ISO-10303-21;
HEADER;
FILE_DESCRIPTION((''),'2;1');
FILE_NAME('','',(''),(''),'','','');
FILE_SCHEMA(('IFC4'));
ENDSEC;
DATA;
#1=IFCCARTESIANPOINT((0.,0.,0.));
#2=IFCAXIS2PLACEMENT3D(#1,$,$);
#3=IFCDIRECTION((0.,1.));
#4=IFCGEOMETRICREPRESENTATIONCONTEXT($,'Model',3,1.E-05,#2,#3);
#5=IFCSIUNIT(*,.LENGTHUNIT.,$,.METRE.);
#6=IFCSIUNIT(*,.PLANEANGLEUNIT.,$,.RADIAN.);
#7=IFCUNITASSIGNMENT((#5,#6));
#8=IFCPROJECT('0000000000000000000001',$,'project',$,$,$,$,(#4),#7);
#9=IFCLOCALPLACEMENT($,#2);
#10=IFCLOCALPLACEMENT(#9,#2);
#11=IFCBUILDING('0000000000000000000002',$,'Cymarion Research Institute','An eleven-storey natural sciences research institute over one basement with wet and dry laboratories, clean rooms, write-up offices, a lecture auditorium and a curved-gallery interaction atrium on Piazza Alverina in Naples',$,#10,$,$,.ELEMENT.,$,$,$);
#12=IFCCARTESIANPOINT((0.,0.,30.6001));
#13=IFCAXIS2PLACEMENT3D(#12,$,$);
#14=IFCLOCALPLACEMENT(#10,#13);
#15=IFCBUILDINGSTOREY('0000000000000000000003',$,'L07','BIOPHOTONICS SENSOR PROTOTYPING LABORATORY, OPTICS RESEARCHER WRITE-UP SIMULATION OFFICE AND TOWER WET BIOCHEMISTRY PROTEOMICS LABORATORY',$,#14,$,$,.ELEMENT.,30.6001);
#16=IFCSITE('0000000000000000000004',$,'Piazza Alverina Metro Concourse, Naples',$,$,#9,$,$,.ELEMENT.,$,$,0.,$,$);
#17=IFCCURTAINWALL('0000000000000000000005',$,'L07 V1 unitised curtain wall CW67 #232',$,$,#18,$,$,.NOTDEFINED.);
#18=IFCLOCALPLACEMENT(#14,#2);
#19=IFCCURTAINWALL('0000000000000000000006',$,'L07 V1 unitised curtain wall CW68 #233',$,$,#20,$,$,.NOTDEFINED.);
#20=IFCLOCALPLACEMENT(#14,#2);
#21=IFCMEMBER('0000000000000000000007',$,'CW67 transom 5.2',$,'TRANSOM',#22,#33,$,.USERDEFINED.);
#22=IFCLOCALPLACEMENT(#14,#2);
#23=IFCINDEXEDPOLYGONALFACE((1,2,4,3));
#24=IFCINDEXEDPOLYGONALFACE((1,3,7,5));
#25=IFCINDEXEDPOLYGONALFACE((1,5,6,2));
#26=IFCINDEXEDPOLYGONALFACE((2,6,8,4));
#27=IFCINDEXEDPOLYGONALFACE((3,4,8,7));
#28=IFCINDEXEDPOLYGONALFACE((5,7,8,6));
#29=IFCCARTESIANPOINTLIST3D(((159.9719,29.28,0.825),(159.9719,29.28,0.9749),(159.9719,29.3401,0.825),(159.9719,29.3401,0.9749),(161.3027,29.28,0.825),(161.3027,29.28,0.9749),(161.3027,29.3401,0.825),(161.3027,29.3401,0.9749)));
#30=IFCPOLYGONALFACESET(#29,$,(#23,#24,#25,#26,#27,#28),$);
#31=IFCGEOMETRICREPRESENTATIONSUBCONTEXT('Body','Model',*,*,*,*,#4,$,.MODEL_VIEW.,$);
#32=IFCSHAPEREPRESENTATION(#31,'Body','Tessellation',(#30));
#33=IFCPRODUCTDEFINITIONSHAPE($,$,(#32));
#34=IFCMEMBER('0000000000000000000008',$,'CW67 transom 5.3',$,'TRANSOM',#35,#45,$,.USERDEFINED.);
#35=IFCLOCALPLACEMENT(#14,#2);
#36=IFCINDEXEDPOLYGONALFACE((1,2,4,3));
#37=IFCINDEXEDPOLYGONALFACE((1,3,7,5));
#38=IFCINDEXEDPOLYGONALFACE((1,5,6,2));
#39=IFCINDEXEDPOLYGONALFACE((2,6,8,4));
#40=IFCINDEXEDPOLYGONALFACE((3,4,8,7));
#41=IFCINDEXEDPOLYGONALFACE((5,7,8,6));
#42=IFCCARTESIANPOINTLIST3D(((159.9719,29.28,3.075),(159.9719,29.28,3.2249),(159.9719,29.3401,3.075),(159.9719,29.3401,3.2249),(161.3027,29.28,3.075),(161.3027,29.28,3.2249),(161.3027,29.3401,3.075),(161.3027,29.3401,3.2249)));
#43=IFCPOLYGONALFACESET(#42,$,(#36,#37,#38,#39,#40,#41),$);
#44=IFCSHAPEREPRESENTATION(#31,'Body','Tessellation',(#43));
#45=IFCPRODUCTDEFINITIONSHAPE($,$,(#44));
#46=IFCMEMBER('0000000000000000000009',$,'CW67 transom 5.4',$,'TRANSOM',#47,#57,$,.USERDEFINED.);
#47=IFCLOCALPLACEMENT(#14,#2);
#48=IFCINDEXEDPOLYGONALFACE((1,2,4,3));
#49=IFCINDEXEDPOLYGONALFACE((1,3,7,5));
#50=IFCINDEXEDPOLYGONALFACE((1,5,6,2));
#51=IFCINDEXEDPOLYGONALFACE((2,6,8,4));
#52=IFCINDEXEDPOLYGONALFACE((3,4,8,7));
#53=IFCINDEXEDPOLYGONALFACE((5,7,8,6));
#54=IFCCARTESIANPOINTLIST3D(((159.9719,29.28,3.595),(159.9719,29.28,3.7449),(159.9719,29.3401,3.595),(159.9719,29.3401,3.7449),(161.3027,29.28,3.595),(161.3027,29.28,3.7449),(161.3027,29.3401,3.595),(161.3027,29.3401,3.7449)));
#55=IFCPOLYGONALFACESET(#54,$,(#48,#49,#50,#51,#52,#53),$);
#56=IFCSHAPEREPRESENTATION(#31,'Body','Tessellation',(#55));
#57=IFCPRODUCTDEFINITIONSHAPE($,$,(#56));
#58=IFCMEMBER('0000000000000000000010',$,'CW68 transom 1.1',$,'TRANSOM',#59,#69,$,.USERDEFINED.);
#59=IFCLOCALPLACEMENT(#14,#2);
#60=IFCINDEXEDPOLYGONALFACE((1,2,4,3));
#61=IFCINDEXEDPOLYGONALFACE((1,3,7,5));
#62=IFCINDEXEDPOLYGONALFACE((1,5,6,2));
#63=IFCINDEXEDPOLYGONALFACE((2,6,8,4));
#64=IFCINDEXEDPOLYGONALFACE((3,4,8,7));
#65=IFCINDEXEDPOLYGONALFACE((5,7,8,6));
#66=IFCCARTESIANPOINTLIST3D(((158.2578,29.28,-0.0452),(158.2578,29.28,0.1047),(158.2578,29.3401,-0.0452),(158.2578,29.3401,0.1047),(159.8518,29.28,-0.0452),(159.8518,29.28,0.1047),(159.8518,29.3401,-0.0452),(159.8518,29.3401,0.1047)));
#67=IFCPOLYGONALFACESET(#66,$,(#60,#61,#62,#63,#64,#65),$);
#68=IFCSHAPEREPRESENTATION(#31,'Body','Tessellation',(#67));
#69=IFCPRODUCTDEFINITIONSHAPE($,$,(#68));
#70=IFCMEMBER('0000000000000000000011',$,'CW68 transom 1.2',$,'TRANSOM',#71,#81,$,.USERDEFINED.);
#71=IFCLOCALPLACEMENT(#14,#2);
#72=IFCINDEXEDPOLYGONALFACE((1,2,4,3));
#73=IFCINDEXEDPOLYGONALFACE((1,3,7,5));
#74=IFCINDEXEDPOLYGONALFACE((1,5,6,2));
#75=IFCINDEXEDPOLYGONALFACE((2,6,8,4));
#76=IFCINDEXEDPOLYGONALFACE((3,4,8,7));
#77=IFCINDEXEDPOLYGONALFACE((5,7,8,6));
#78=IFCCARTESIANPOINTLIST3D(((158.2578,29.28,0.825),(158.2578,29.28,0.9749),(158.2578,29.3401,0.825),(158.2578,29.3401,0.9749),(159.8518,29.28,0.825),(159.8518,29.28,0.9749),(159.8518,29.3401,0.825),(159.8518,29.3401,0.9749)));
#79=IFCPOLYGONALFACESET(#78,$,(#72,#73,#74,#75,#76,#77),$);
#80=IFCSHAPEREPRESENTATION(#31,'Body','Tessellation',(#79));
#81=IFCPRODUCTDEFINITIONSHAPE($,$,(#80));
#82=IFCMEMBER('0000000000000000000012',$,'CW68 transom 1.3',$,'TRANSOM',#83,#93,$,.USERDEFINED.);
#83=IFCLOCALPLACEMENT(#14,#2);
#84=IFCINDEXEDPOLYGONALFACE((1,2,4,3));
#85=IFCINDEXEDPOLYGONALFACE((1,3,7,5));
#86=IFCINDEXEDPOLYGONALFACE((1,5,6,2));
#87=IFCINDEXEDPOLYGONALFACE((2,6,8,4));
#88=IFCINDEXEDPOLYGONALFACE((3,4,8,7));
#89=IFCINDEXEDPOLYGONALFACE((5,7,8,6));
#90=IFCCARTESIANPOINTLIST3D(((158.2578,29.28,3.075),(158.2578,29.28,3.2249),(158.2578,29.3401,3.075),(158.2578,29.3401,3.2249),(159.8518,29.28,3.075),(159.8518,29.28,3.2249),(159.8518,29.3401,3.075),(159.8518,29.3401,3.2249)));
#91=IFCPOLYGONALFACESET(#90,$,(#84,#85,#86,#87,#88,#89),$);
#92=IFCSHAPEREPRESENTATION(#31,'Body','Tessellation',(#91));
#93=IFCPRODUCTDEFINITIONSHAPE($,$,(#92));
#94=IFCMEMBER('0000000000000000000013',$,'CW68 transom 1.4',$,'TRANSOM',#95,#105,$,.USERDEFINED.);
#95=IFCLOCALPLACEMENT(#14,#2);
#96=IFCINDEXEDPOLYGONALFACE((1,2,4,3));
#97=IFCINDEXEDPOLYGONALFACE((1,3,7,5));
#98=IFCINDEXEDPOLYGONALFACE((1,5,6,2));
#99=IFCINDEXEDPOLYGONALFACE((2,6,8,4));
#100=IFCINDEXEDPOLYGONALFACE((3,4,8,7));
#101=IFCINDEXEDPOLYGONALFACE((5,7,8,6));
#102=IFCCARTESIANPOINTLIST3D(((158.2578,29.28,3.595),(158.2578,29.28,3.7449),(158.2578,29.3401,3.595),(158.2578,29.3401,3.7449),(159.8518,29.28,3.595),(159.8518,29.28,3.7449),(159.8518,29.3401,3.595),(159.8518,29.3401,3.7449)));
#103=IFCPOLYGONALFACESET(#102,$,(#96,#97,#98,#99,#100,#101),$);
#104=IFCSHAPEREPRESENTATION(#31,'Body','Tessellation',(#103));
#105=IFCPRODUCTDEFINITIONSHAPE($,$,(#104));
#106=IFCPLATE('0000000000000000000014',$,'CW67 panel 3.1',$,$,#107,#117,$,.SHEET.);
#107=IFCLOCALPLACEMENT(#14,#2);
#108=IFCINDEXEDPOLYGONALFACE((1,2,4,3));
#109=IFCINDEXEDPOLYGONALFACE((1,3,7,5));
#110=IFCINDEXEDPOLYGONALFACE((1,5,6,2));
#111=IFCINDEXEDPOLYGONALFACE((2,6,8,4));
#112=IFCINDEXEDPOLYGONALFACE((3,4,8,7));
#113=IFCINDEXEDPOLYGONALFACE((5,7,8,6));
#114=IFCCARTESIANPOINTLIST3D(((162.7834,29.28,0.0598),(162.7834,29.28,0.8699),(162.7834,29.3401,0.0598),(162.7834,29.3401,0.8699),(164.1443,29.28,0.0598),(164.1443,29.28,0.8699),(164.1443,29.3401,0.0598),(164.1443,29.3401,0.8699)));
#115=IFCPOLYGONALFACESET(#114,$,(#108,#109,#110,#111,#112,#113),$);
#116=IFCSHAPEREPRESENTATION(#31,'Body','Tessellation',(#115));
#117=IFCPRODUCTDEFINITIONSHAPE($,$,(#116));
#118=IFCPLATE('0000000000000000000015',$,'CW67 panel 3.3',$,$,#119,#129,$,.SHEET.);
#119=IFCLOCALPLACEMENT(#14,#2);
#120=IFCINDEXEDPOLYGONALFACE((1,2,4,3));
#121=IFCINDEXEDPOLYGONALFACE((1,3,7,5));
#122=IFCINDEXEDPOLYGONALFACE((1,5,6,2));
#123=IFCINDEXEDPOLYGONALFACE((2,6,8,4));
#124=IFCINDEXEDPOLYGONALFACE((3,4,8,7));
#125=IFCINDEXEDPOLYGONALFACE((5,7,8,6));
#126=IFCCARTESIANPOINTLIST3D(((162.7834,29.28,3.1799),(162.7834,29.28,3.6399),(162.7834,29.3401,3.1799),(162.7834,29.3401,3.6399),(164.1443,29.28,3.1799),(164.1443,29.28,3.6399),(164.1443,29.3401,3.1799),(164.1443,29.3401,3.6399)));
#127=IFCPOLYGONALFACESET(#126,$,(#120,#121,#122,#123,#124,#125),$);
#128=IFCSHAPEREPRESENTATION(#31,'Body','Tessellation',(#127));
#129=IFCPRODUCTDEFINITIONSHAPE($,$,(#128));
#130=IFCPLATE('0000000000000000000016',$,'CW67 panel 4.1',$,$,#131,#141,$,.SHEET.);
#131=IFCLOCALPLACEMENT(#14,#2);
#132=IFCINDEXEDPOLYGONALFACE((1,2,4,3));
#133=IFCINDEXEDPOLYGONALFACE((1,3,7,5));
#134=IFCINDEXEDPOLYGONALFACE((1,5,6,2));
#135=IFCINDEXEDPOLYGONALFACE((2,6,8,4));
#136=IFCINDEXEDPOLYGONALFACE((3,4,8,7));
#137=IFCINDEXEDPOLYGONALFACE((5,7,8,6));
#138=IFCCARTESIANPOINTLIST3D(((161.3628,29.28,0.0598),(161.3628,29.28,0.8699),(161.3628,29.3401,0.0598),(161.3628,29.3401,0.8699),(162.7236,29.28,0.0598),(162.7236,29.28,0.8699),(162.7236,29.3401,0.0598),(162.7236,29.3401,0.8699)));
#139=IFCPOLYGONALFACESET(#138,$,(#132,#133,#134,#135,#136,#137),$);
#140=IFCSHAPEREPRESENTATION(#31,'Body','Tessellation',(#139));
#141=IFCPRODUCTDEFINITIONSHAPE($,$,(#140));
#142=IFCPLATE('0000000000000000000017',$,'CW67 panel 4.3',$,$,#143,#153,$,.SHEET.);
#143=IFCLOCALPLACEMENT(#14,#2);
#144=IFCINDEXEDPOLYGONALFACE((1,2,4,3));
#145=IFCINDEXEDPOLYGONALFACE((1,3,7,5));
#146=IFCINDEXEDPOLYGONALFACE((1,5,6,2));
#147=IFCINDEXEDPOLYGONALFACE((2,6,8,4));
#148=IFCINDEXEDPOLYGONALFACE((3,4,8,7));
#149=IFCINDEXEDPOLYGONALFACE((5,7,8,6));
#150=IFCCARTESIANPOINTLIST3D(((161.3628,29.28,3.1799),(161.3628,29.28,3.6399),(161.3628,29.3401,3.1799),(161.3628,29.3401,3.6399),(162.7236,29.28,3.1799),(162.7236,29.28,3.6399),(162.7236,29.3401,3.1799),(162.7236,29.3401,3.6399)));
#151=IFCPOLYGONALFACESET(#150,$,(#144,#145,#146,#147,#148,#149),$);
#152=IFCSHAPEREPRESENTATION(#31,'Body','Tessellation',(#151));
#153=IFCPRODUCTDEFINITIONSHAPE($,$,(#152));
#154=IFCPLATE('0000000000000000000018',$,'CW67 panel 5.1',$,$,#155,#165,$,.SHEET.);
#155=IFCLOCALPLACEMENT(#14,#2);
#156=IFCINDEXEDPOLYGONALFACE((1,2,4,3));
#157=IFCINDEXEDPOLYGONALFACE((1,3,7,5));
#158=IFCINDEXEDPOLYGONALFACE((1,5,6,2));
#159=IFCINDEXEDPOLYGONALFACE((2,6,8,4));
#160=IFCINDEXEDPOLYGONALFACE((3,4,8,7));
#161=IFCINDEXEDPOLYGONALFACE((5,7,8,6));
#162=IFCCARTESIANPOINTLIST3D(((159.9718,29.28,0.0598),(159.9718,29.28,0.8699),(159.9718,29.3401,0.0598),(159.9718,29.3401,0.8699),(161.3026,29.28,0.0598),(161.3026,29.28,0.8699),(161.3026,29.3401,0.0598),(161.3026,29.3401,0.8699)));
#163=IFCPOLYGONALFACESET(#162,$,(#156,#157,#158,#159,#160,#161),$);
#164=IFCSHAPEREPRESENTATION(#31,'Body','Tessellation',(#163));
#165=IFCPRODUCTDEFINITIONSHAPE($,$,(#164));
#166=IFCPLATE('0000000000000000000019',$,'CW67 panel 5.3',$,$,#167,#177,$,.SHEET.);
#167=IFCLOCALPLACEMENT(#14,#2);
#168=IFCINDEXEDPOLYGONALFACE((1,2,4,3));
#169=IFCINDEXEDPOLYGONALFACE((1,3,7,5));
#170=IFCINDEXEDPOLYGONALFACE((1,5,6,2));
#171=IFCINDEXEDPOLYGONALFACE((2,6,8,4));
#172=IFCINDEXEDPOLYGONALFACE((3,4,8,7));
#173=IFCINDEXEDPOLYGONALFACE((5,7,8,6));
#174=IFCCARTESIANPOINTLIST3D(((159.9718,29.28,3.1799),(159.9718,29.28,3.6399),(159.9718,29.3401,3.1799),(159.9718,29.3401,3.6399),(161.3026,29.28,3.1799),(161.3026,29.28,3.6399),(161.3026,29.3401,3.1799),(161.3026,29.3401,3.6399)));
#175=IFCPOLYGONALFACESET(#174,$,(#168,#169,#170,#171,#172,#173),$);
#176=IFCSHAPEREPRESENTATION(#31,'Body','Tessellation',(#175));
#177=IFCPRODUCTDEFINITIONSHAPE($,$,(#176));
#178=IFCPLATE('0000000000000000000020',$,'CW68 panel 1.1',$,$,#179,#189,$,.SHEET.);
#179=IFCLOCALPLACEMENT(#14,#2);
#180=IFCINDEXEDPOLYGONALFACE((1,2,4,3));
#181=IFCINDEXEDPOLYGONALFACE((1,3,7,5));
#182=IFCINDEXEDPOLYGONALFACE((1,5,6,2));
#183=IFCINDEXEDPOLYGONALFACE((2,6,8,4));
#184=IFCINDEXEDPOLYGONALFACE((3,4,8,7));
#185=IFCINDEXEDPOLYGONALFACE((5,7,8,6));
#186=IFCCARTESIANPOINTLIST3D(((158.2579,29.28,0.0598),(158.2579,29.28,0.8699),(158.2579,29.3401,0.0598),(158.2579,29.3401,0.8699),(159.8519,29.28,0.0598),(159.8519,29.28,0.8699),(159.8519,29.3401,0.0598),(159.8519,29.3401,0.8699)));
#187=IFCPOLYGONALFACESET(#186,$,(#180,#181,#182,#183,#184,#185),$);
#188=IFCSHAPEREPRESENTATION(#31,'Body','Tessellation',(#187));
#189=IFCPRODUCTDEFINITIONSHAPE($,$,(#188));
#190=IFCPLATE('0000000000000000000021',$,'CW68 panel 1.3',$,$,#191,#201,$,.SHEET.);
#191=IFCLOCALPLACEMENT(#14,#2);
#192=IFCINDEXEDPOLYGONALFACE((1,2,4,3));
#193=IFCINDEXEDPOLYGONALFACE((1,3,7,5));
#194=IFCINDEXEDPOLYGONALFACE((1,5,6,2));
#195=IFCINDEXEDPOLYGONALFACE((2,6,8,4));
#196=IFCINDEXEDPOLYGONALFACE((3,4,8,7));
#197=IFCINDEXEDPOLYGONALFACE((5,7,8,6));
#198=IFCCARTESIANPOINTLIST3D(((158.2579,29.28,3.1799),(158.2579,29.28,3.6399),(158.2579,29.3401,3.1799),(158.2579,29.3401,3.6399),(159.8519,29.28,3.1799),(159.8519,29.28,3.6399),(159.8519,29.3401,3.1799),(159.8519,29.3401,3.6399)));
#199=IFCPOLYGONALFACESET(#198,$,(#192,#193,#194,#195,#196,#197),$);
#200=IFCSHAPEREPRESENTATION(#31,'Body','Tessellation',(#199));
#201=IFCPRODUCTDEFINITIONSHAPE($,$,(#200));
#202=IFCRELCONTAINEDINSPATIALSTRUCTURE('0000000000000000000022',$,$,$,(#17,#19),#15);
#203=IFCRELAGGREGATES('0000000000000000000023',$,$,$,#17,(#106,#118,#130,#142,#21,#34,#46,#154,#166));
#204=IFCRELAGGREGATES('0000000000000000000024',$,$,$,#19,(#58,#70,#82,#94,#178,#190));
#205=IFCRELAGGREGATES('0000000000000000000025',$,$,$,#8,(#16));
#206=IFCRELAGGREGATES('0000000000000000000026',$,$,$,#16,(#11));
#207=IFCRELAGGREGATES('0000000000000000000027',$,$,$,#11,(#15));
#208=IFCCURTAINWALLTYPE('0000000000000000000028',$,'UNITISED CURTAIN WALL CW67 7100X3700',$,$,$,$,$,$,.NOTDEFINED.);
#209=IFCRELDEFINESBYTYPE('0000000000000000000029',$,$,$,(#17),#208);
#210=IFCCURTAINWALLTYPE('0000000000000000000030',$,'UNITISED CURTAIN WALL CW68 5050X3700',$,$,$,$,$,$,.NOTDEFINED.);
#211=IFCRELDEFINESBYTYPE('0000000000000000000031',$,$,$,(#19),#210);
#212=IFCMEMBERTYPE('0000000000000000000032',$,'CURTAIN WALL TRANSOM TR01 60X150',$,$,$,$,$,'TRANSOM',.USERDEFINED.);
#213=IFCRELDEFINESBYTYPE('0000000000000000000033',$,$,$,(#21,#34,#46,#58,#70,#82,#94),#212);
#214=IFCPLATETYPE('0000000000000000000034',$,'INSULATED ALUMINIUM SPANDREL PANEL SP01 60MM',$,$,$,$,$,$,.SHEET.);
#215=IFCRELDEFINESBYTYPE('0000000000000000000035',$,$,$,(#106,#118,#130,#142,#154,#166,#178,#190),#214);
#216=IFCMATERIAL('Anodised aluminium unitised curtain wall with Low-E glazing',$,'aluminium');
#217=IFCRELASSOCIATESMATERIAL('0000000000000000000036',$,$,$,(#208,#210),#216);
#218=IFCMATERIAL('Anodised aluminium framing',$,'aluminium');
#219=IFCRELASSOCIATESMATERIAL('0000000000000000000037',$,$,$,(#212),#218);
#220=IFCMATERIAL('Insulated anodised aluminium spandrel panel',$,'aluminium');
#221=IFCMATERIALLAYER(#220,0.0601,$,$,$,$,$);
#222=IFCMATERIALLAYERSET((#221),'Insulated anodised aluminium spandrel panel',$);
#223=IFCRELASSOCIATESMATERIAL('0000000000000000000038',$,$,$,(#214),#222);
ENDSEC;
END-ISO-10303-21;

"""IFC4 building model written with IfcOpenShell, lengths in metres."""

from ifc_helpers import new_model, si_unit, direction, frame, origin, origin_2d, place, context, subcontext, project, spatial, rectangle, extrude, material, layer, layer_set, material_profile, profile_set, type_object, element, aggregate, save


model = new_model("IFC4")

# Units and contexts
model_context = context("Model", 3, precision=1e-05, world=origin(), true_north=direction((0.0, 1.0)))
body_context = subcontext(model_context, "Body", "Model", "MODEL_VIEW")
ifc_project = project(units=[si_unit("LENGTHUNIT", "METRE"), si_unit("PLANEANGLEUNIT", "RADIAN")], contexts=[model_context])

# Site, building, storey
site_placement = place(None, origin())
site = spatial("IfcSite", under=ifc_project, at=site_placement, Name="Piazza Alverina Metro Concourse, Naples", CompositionType="ELEMENT", RefElevation=0.0)
building_placement = place(site_placement, origin())
building = spatial("IfcBuilding", under=site, at=building_placement, Name="Cymarion Research Institute", Description="An eleven-storey natural sciences research institute over one basement with wet and dry laboratories, clean rooms, write-up offices, a lecture auditorium and a curved-gallery interaction atrium on Piazza Alverina in Naples", CompositionType="ELEMENT")
storey_placement = place(building_placement, frame((0.0, 0.0, 30.6001)))
storey = spatial("IfcBuildingStorey", under=building, at=storey_placement, Name="L07", Description="BIOPHOTONICS SENSOR PROTOTYPING LABORATORY, OPTICS RESEARCHER WRITE-UP SIMULATION OFFICE AND TOWER WET BIOCHEMISTRY PROTEOMICS LABORATORY", CompositionType="ELEMENT", Elevation=30.6001)

# Curtain walls
ifc_material_1 = material(Name="Anodised aluminium unitised curtain wall with Low-E glazing", Category="aluminium")
curtain_wall_type_1 = type_object("IfcCurtainWallType", Name="UNITISED CURTAIN WALL CW67 7100X3700", PredefinedType="NOTDEFINED", material=ifc_material_1)
curtain_wall_1_placement = place(storey_placement, origin())
curtain_wall_1 = element("IfcCurtainWall", 1, at=curtain_wall_1_placement, inside=storey, type_object=curtain_wall_type_1, Name="L07 V1 unitised curtain wall CW67 #232", PredefinedType="NOTDEFINED")
ifc_material_2 = material(Name="Anodised aluminium framing", Category="aluminium")
curtain_wall_type_2 = type_object("IfcCurtainWallType", Name="UNITISED CURTAIN WALL CW68 5050X3700", PredefinedType="NOTDEFINED", material=ifc_material_1)
curtain_wall_2_placement = place(storey_placement, origin())
curtain_wall_2 = element("IfcCurtainWall", 2, at=curtain_wall_2_placement, inside=storey, type_object=curtain_wall_type_2, Name="L07 V1 unitised curtain wall CW68 #233", PredefinedType="NOTDEFINED")

# Members
ifc_material_profile_1 = material_profile(ifc_material_2, rectangle(XDim=0.0601, YDim=0.1499, at=origin_2d()), Name="ALU TRANSOM 60x150")
ifc_profile_set_1 = profile_set([ifc_material_profile_1], Name="Anodised aluminium framing")
member_type_1 = type_object("IfcMemberType", Name="CURTAIN WALL TRANSOM TR01 60X150", ElementType="TRANSOM", PredefinedType="USERDEFINED", material=ifc_profile_set_1)
member_1_placement = place(storey_placement, frame((161.3027, 29.3101, 0.8999), z_axis=(-1.0, 0.0, 0.0), x_axis=(0.0, -1.0, 0.0)))
member_1 = element("IfcMember", 3, at=member_1_placement, type_object=member_type_1, Name="CW67 transom 5.2", ObjectType="TRANSOM", PredefinedType="USERDEFINED", context=body_context, shape_type="SweptSolid", body=[
    extrude(rectangle(XDim=0.0601, YDim=0.1499, at=origin_2d()), origin(), (0.0, 0.0, 1.0), 1.3308),
])
member_2_placement = place(storey_placement, frame((161.3027, 29.3101, 3.1499), z_axis=(-1.0, 0.0, 0.0), x_axis=(0.0, -1.0, 0.0)))
member_2 = element("IfcMember", 4, at=member_2_placement, type_object=member_type_1, Name="CW67 transom 5.3", ObjectType="TRANSOM", PredefinedType="USERDEFINED", context=body_context, shape_type="SweptSolid", body=[
    extrude(rectangle(XDim=0.0601, YDim=0.1499, at=origin_2d()), origin(), (0.0, 0.0, 1.0), 1.3308),
])
member_3_placement = place(storey_placement, frame((161.3027, 29.3101, 3.6699), z_axis=(-1.0, 0.0, 0.0), x_axis=(0.0, -1.0, 0.0)))
member_3 = element("IfcMember", 5, at=member_3_placement, type_object=member_type_1, Name="CW67 transom 5.4", ObjectType="TRANSOM", PredefinedType="USERDEFINED", context=body_context, shape_type="SweptSolid", body=[
    extrude(rectangle(XDim=0.0601, YDim=0.1499, at=origin_2d()), origin(), (0.0, 0.0, 1.0), 1.3308),
])
member_4_placement = place(storey_placement, frame((159.8518, 29.3101, 0.0298), z_axis=(-1.0, 0.0, 0.0), x_axis=(0.0, -1.0, 0.0)))
member_4 = element("IfcMember", 6, at=member_4_placement, type_object=member_type_1, Name="CW68 transom 1.1", ObjectType="TRANSOM", PredefinedType="USERDEFINED", context=body_context, shape_type="SweptSolid", body=[
    extrude(rectangle(XDim=0.0601, YDim=0.1499, at=origin_2d()), origin(), (0.0, 0.0, 1.0), 1.594),
])
member_5_placement = place(storey_placement, frame((159.8518, 29.3101, 0.8999), z_axis=(-1.0, 0.0, 0.0), x_axis=(0.0, -1.0, 0.0)))
member_5 = element("IfcMember", 7, at=member_5_placement, type_object=member_type_1, Name="CW68 transom 1.2", ObjectType="TRANSOM", PredefinedType="USERDEFINED", context=body_context, shape_type="SweptSolid", body=[
    extrude(rectangle(XDim=0.0601, YDim=0.1499, at=origin_2d()), origin(), (0.0, 0.0, 1.0), 1.594),
])
member_6_placement = place(storey_placement, frame((159.8518, 29.3101, 3.1499), z_axis=(-1.0, 0.0, 0.0), x_axis=(0.0, -1.0, 0.0)))
member_6 = element("IfcMember", 8, at=member_6_placement, type_object=member_type_1, Name="CW68 transom 1.3", ObjectType="TRANSOM", PredefinedType="USERDEFINED", context=body_context, shape_type="SweptSolid", body=[
    extrude(rectangle(XDim=0.0601, YDim=0.1499, at=origin_2d()), origin(), (0.0, 0.0, 1.0), 1.594),
])
member_7_placement = place(storey_placement, frame((159.8518, 29.3101, 3.6699), z_axis=(-1.0, 0.0, 0.0), x_axis=(0.0, -1.0, 0.0)))
member_7 = element("IfcMember", 9, at=member_7_placement, type_object=member_type_1, Name="CW68 transom 1.4", ObjectType="TRANSOM", PredefinedType="USERDEFINED", context=body_context, shape_type="SweptSolid", body=[
    extrude(rectangle(XDim=0.0601, YDim=0.1499, at=origin_2d()), origin(), (0.0, 0.0, 1.0), 1.594),
])

# Plates
ifc_material_3 = material(Name="Insulated anodised aluminium spandrel panel", Category="aluminium")
ifc_layer_1 = layer(ifc_material_3, 0.0601)
ifc_layer_set_1 = layer_set([ifc_layer_1], Name="Insulated anodised aluminium spandrel panel")
plate_type_1 = type_object("IfcPlateType", Name="INSULATED ALUMINIUM SPANDREL PANEL SP01 60MM", PredefinedType="SHEET", material=ifc_layer_set_1)
plate_1_placement = place(storey_placement, frame((163.4639, 29.3101, 0.0598), z_axis=(0.0, 0.0, 1.0), x_axis=(-1.0, 0.0, 0.0)))
plate_1 = element("IfcPlate", 10, at=plate_1_placement, type_object=plate_type_1, Name="CW67 panel 3.1", PredefinedType="SHEET", context=body_context, shape_type="SweptSolid", body=[
    extrude(rectangle(XDim=1.3608, YDim=0.0601, at=origin_2d()), origin(), (0.0, 0.0, 1.0), 0.8101),
])
plate_2_placement = place(storey_placement, frame((163.4639, 29.3101, 3.1799), z_axis=(0.0, 0.0, 1.0), x_axis=(-1.0, 0.0, 0.0)))
plate_2 = element("IfcPlate", 11, at=plate_2_placement, type_object=plate_type_1, Name="CW67 panel 3.3", PredefinedType="SHEET", context=body_context, shape_type="SweptSolid", body=[
    extrude(rectangle(XDim=1.3608, YDim=0.0601, at=origin_2d()), origin(), (0.0, 0.0, 1.0), 0.46),
])
plate_3_placement = place(storey_placement, frame((162.0432, 29.3101, 0.0598), z_axis=(0.0, 0.0, 1.0), x_axis=(-1.0, 0.0, 0.0)))
plate_3 = element("IfcPlate", 12, at=plate_3_placement, type_object=plate_type_1, Name="CW67 panel 4.1", PredefinedType="SHEET", context=body_context, shape_type="SweptSolid", body=[
    extrude(rectangle(XDim=1.3608, YDim=0.0601, at=origin_2d()), origin(), (0.0, 0.0, 1.0), 0.8101),
])
plate_4_placement = place(storey_placement, frame((162.0432, 29.3101, 3.1799), z_axis=(0.0, 0.0, 1.0), x_axis=(-1.0, 0.0, 0.0)))
plate_4 = element("IfcPlate", 13, at=plate_4_placement, type_object=plate_type_1, Name="CW67 panel 4.3", PredefinedType="SHEET", context=body_context, shape_type="SweptSolid", body=[
    extrude(rectangle(XDim=1.3608, YDim=0.0601, at=origin_2d()), origin(), (0.0, 0.0, 1.0), 0.46),
])
plate_5_placement = place(storey_placement, frame((160.6372, 29.3101, 0.0598), z_axis=(0.0, 0.0, 1.0), x_axis=(-1.0, 0.0, 0.0)))
plate_5 = element("IfcPlate", 14, at=plate_5_placement, type_object=plate_type_1, Name="CW67 panel 5.1", PredefinedType="SHEET", context=body_context, shape_type="SweptSolid", body=[
    extrude(rectangle(XDim=1.3308, YDim=0.0601, at=origin_2d()), origin(), (0.0, 0.0, 1.0), 0.8101),
])
plate_6_placement = place(storey_placement, frame((160.6372, 29.3101, 3.1799), z_axis=(0.0, 0.0, 1.0), x_axis=(-1.0, 0.0, 0.0)))
plate_6 = element("IfcPlate", 15, at=plate_6_placement, type_object=plate_type_1, Name="CW67 panel 5.3", PredefinedType="SHEET", context=body_context, shape_type="SweptSolid", body=[
    extrude(rectangle(XDim=1.3308, YDim=0.0601, at=origin_2d()), origin(), (0.0, 0.0, 1.0), 0.46),
])
plate_7_placement = place(storey_placement, frame((159.0549, 29.3101, 0.0598), z_axis=(0.0, 0.0, 1.0), x_axis=(-1.0, 0.0, 0.0)))
plate_7 = element("IfcPlate", 16, at=plate_7_placement, type_object=plate_type_1, Name="CW68 panel 1.1", PredefinedType="SHEET", context=body_context, shape_type="SweptSolid", body=[
    extrude(rectangle(XDim=1.594, YDim=0.0601, at=origin_2d()), origin(), (0.0, 0.0, 1.0), 0.8101),
])
plate_8_placement = place(storey_placement, frame((159.0549, 29.3101, 3.1799), z_axis=(0.0, 0.0, 1.0), x_axis=(-1.0, 0.0, 0.0)))
plate_8 = element("IfcPlate", 17, at=plate_8_placement, type_object=plate_type_1, Name="CW68 panel 1.3", PredefinedType="SHEET", context=body_context, shape_type="SweptSolid", body=[
    extrude(rectangle(XDim=1.594, YDim=0.0601, at=origin_2d()), origin(), (0.0, 0.0, 1.0), 0.46),
])
aggregate(curtain_wall_1, [plate_1, plate_2, plate_3, plate_4, member_1, member_2, member_3, plate_5, plate_6])
aggregate(curtain_wall_2, [member_4, member_5, member_6, member_7, plate_7, plate_8])

save(model, "model.ifc")
